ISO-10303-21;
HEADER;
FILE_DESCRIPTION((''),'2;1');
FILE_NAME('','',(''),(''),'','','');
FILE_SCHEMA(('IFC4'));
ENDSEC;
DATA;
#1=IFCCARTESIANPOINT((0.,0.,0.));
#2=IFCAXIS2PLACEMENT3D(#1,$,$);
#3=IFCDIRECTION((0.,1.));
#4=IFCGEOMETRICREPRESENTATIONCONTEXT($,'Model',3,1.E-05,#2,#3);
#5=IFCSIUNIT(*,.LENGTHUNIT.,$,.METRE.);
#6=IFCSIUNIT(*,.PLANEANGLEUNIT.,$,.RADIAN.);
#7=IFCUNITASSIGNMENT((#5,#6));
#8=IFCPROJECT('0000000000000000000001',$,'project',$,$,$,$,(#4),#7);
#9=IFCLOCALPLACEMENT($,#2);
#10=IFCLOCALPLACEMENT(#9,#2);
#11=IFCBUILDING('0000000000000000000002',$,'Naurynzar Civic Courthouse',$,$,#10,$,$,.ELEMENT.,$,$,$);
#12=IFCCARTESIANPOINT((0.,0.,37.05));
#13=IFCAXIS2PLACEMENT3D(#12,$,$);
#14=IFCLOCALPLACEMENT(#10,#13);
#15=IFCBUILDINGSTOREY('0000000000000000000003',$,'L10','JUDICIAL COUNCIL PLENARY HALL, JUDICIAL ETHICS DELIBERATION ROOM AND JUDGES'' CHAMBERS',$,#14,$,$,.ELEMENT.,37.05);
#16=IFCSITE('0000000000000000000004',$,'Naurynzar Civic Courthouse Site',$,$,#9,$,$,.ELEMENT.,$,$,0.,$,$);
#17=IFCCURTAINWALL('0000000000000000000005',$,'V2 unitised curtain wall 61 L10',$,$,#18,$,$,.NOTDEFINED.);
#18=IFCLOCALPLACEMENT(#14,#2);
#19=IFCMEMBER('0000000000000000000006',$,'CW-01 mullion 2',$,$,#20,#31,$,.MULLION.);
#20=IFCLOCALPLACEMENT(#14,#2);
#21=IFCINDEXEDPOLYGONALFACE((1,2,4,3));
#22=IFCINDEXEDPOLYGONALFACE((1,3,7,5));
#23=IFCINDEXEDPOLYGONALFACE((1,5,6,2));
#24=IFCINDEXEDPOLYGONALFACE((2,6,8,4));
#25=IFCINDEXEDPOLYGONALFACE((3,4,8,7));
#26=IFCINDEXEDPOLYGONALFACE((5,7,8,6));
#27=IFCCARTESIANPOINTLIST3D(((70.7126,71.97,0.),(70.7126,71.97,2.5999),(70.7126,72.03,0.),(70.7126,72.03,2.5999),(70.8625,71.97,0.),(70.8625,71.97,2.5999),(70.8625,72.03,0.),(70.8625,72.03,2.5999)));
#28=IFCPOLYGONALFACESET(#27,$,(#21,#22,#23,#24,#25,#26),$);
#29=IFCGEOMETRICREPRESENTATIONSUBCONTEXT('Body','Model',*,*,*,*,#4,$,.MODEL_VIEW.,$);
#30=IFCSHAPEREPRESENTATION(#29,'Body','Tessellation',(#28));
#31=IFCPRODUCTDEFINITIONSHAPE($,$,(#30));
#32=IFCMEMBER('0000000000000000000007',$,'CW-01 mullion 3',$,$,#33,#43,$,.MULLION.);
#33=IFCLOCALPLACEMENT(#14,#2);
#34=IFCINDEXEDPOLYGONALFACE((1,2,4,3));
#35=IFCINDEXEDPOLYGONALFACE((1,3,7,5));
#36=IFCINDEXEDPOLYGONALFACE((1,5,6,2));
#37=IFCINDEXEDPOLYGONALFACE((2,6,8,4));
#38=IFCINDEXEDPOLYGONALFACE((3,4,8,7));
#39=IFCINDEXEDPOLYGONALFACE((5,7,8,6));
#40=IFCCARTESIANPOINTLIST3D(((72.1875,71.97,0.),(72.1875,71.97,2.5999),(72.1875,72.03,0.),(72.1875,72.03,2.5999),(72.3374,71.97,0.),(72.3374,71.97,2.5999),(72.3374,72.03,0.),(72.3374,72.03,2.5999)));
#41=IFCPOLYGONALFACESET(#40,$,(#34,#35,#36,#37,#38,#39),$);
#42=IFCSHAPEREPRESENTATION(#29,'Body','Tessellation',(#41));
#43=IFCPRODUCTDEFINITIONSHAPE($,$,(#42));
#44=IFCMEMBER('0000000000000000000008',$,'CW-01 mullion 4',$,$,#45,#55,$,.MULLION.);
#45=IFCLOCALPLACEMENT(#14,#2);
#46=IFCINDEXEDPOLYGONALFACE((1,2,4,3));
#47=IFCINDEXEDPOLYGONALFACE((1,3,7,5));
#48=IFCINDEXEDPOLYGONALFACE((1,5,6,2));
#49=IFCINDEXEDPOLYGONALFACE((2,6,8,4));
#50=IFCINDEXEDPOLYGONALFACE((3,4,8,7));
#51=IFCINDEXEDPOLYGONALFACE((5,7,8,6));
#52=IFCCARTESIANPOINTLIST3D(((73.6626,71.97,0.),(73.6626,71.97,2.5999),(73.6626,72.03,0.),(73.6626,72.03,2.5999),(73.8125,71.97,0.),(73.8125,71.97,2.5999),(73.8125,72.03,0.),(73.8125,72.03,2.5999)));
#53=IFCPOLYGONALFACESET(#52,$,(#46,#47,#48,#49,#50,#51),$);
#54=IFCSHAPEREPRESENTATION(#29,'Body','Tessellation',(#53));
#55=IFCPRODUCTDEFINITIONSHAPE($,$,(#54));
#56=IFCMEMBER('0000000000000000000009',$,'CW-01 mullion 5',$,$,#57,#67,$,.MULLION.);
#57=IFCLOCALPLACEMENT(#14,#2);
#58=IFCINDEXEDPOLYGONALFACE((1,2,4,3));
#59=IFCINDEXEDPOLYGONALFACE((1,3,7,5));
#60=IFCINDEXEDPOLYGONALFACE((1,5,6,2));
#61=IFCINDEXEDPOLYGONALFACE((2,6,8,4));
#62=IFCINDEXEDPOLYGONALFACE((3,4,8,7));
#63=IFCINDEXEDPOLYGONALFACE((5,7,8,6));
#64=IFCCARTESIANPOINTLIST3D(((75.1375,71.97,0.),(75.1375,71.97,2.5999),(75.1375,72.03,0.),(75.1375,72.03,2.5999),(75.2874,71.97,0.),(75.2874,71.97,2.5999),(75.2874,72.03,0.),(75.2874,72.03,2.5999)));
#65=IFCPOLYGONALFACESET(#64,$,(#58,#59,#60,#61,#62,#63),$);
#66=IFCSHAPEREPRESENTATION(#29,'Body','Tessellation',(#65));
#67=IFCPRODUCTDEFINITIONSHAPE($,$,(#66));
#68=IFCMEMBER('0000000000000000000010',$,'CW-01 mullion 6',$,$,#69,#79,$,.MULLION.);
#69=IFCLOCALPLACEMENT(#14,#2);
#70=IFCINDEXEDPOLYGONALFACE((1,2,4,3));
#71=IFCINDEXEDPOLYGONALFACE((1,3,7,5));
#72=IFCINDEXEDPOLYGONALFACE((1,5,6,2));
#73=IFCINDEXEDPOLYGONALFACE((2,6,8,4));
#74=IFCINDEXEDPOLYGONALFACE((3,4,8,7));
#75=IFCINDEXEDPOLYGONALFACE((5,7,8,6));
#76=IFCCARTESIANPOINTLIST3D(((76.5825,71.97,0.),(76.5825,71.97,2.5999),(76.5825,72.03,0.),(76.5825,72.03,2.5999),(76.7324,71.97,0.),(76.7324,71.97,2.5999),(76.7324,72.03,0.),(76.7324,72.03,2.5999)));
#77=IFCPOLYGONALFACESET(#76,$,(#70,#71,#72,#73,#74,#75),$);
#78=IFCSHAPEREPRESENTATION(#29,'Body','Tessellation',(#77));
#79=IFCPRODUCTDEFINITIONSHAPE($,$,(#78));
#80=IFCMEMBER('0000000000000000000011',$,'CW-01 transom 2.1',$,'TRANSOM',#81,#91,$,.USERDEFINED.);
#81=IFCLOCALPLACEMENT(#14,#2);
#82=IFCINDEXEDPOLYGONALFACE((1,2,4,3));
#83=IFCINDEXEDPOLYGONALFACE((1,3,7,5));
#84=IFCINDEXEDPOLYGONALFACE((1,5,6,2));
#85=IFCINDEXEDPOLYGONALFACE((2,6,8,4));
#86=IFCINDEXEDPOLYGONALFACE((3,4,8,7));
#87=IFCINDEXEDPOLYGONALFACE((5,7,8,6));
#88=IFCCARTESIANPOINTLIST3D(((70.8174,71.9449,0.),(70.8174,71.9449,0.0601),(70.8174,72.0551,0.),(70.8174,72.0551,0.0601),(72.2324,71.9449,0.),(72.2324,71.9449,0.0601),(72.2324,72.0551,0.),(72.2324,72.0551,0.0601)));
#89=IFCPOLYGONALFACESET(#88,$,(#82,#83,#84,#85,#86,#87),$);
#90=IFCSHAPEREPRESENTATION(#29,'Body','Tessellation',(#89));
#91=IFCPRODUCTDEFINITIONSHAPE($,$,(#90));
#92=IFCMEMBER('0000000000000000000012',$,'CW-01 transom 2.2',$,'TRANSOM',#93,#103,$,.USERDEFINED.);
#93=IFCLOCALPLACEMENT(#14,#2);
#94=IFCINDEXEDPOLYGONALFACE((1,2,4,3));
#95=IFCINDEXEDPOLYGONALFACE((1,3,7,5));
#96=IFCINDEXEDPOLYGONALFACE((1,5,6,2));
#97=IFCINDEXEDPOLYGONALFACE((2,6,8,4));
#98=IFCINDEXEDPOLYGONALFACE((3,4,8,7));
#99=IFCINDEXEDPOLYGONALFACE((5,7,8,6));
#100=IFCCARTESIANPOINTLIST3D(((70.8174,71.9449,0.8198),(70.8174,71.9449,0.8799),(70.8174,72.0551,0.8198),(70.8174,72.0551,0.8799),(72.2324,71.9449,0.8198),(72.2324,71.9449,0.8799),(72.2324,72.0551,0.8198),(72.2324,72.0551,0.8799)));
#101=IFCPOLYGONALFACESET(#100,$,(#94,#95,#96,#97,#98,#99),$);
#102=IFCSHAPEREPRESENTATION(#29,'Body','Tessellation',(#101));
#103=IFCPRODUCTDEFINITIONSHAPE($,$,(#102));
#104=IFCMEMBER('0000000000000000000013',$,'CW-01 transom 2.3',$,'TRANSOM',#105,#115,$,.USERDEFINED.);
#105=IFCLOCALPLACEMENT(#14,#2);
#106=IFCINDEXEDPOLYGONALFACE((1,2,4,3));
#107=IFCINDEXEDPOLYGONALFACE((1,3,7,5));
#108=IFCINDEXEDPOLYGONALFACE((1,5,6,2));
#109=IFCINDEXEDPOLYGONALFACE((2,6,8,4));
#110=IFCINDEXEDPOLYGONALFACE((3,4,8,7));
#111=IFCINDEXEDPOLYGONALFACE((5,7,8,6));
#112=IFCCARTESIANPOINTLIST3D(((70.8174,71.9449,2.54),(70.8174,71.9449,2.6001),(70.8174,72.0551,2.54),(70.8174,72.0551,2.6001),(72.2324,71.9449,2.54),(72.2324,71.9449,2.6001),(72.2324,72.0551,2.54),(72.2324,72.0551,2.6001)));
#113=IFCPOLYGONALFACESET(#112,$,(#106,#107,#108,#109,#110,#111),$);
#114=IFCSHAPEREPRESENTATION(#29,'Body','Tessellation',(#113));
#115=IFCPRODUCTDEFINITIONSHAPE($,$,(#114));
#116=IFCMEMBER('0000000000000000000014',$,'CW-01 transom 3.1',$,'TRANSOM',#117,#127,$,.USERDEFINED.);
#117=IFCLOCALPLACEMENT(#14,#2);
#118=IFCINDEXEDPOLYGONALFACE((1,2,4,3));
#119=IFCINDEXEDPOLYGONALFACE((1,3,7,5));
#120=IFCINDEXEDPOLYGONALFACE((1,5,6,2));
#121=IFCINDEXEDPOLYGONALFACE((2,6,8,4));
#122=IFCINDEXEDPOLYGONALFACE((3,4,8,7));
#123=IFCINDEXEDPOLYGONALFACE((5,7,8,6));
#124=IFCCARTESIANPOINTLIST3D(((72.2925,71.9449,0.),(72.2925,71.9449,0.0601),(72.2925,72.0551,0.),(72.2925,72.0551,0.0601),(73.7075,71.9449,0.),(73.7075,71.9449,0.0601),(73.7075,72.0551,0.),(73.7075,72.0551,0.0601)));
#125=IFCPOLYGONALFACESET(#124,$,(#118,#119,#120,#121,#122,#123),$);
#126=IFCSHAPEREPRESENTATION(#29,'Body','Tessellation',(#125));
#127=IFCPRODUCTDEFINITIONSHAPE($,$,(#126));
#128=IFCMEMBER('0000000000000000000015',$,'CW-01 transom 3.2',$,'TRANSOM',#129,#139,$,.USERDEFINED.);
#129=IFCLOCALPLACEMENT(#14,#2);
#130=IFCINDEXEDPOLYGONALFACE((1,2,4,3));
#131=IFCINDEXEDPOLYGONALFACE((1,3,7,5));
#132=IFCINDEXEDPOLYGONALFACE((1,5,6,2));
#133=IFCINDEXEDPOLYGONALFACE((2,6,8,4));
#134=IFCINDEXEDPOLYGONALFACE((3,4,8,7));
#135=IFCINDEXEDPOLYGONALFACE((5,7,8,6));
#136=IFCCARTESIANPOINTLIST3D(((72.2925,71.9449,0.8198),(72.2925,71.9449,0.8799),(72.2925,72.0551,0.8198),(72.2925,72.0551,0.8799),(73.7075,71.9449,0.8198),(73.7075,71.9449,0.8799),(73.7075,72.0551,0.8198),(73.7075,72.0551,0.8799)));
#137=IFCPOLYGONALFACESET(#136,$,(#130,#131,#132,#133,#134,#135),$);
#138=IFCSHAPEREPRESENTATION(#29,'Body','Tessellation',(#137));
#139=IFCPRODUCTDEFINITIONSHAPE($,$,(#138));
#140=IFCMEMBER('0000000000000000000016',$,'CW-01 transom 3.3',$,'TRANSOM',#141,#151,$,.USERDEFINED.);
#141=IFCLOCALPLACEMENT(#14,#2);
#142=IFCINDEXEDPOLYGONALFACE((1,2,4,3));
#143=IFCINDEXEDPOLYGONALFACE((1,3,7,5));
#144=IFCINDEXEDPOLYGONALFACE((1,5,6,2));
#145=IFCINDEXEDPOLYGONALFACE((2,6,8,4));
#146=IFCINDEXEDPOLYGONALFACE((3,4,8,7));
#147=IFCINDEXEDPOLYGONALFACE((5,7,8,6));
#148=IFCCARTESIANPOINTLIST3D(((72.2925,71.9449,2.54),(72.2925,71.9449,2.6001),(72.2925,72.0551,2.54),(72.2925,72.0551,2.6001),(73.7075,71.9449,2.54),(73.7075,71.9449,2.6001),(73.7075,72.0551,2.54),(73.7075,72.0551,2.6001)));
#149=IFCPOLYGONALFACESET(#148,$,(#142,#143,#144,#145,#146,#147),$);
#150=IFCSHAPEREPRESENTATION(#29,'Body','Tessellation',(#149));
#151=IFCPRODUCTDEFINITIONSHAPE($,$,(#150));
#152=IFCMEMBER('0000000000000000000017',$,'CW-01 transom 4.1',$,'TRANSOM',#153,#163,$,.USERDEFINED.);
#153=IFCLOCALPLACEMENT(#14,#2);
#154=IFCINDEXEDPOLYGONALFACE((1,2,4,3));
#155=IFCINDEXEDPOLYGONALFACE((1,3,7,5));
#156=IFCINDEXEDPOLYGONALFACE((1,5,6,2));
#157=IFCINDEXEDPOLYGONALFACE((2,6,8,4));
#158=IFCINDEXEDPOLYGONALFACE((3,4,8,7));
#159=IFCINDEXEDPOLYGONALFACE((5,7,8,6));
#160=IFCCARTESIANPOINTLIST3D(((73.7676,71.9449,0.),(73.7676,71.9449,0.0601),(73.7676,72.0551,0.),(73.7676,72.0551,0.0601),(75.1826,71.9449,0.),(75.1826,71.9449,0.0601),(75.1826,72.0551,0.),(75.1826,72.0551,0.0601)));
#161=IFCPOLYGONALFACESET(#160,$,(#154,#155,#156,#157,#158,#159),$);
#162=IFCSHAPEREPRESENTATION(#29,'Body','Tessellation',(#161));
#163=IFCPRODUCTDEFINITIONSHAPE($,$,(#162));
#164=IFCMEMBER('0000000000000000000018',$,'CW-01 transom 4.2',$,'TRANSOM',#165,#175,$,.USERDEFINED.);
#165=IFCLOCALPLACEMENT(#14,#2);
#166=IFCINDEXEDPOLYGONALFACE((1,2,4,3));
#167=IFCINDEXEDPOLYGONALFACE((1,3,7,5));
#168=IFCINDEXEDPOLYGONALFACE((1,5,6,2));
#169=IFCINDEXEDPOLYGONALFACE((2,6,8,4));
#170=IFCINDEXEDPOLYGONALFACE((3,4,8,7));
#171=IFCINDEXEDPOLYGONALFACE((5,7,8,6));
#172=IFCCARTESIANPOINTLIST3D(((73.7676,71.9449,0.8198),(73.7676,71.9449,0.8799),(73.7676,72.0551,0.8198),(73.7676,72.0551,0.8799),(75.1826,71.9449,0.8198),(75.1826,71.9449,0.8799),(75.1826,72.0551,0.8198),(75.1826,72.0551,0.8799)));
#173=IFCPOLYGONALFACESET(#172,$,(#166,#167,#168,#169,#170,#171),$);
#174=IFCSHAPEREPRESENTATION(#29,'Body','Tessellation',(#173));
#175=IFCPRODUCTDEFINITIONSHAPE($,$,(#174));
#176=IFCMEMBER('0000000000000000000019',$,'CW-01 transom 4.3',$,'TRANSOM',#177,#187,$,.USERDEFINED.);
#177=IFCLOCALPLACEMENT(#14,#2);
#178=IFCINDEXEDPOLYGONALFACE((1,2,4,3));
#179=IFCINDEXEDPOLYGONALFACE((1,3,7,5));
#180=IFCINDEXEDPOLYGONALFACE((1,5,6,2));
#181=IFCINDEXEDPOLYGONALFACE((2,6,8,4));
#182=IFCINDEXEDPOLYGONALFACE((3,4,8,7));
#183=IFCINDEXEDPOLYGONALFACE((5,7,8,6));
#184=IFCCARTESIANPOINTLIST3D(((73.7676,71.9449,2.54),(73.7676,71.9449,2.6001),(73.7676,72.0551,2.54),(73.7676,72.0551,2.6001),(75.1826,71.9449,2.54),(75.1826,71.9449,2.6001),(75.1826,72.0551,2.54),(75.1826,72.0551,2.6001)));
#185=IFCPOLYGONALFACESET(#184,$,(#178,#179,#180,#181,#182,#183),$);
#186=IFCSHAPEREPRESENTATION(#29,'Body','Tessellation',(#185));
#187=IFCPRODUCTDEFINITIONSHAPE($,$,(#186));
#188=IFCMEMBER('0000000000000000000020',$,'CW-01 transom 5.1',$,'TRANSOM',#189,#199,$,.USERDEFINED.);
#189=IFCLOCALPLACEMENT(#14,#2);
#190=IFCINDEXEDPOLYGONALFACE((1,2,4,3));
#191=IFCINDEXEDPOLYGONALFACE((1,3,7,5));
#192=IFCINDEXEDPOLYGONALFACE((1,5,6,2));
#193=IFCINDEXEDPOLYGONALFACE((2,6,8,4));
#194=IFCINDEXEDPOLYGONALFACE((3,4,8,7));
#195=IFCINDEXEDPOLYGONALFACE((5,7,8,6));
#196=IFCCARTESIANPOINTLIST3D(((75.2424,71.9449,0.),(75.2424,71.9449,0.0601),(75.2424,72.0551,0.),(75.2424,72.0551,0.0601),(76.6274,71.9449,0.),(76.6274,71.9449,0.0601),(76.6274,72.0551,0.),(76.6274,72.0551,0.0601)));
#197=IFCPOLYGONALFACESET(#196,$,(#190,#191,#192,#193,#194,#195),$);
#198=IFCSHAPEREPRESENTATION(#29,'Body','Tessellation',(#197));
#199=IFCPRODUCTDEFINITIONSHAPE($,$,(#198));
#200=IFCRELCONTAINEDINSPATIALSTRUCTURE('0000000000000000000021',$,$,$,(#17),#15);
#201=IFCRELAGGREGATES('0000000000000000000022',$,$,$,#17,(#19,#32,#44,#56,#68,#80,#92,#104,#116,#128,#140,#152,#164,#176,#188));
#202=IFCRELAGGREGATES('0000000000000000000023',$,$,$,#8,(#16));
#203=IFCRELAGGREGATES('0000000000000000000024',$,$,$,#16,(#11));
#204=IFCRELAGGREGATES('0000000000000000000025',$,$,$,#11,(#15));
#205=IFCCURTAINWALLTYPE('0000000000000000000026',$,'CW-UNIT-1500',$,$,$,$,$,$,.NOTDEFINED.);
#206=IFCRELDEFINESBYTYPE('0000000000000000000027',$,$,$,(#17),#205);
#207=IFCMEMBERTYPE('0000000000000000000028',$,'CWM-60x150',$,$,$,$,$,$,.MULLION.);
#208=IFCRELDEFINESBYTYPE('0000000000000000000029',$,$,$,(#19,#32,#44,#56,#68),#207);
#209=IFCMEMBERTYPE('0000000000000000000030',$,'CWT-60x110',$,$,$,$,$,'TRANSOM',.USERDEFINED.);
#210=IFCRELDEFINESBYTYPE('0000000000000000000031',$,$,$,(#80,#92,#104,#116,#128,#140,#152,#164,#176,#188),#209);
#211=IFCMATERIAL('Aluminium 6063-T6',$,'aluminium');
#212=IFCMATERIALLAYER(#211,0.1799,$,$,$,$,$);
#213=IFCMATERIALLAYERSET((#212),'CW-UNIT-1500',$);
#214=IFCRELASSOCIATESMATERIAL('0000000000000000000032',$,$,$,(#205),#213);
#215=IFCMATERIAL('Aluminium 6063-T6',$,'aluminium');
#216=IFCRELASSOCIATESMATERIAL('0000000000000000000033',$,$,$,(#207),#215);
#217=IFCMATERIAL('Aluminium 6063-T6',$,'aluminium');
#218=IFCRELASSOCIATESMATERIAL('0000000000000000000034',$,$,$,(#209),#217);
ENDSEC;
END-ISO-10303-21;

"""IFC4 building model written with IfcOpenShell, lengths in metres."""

from ifc_helpers import new_model, si_unit, direction, frame, origin, origin_2d, place, context, subcontext, project, spatial, rectangle, extrude, material, layer, layer_set, material_profile, profile_set, type_object, element, aggregate, save


model = new_model("IFC4")

# Units and contexts
model_context = context("Model", 3, precision=1e-05, world=origin(), true_north=direction((0.0, 1.0)))
body_context = subcontext(model_context, "Body", "Model", "MODEL_VIEW")
ifc_project = project(units=[si_unit("LENGTHUNIT", "METRE"), si_unit("PLANEANGLEUNIT", "RADIAN")], contexts=[model_context])

# Site, building, storey
site_placement = place(None, origin())
site = spatial("IfcSite", under=ifc_project, at=site_placement, Name="Naurynzar Civic Courthouse Site", CompositionType="ELEMENT", RefElevation=0.0)
building_placement = place(site_placement, origin())
building = spatial("IfcBuilding", under=site, at=building_placement, Name="Naurynzar Civic Courthouse", CompositionType="ELEMENT")
storey_placement = place(building_placement, frame((0.0, 0.0, 37.05)))
storey = spatial("IfcBuildingStorey", under=building, at=storey_placement, Name="L10", Description="JUDICIAL COUNCIL PLENARY HALL, JUDICIAL ETHICS DELIBERATION ROOM AND JUDGES' CHAMBERS", CompositionType="ELEMENT", Elevation=37.05)

# Curtain wall, members
ifc_material_1 = material(Name="Aluminium 6063-T6", Category="aluminium")
ifc_layer_1 = layer(ifc_material_1, 0.1799)
ifc_layer_set_1 = layer_set([ifc_layer_1], Name="CW-UNIT-1500")
curtain_wall_type = type_object("IfcCurtainWallType", Name="CW-UNIT-1500", PredefinedType="NOTDEFINED", material=ifc_layer_set_1)
curtain_wall_placement = place(storey_placement, origin())
curtain_wall = element("IfcCurtainWall", 1, at=curtain_wall_placement, inside=storey, type_object=curtain_wall_type, Name="V2 unitised curtain wall 61 L10", PredefinedType="NOTDEFINED")
ifc_material_2 = material(Name="Aluminium 6063-T6", Category="aluminium")
ifc_material_profile_1 = material_profile(ifc_material_2, rectangle(XDim=0.0601, YDim=0.1499, at=origin_2d()), Name="ALU MULLION 60x150")
ifc_profile_set_1 = profile_set([ifc_material_profile_1], Name="Aluminium 6063-T6")
member_type_1 = type_object("IfcMemberType", Name="CWM-60x150", PredefinedType="MULLION", material=ifc_profile_set_1)
member_1_placement = place(storey_placement, frame((70.7876, 72.0, 0.0), z_axis=(0.0, 0.0, 1.0), x_axis=(0.0, 1.0, 0.0)))
member_1 = element("IfcMember", 2, at=member_1_placement, type_object=member_type_1, Name="CW-01 mullion 2", PredefinedType="MULLION", context=body_context, shape_type="SweptSolid", body=[
    extrude(rectangle(XDim=0.0601, YDim=0.1499, at=origin_2d()), origin(), (0.0, 0.0, 1.0), 2.5999),
])
member_2_placement = place(storey_placement, frame((72.2625, 72.0, 0.0), z_axis=(0.0, 0.0, 1.0), x_axis=(0.0, 1.0, 0.0)))
member_2 = element("IfcMember", 3, at=member_2_placement, type_object=member_type_1, Name="CW-01 mullion 3", PredefinedType="MULLION", context=body_context, shape_type="SweptSolid", body=[
    extrude(rectangle(XDim=0.0601, YDim=0.1499, at=origin_2d()), origin(), (0.0, 0.0, 1.0), 2.5999),
])
member_3_placement = place(storey_placement, frame((73.7375, 72.0, 0.0), z_axis=(0.0, 0.0, 1.0), x_axis=(0.0, 1.0, 0.0)))
member_3 = element("IfcMember", 4, at=member_3_placement, type_object=member_type_1, Name="CW-01 mullion 4", PredefinedType="MULLION", context=body_context, shape_type="SweptSolid", body=[
    extrude(rectangle(XDim=0.0601, YDim=0.1499, at=origin_2d()), origin(), (0.0, 0.0, 1.0), 2.5999),
])
member_4_placement = place(storey_placement, frame((75.2124, 72.0, 0.0), z_axis=(0.0, 0.0, 1.0), x_axis=(0.0, 1.0, 0.0)))
member_4 = element("IfcMember", 5, at=member_4_placement, type_object=member_type_1, Name="CW-01 mullion 5", PredefinedType="MULLION", context=body_context, shape_type="SweptSolid", body=[
    extrude(rectangle(XDim=0.0601, YDim=0.1499, at=origin_2d()), origin(), (0.0, 0.0, 1.0), 2.5999),
])
member_5_placement = place(storey_placement, frame((76.6575, 72.0, 0.0), z_axis=(0.0, 0.0, 1.0), x_axis=(0.0, 1.0, 0.0)))
member_5 = element("IfcMember", 6, at=member_5_placement, type_object=member_type_1, Name="CW-01 mullion 6", PredefinedType="MULLION", context=body_context, shape_type="SweptSolid", body=[
    extrude(rectangle(XDim=0.0601, YDim=0.1499, at=origin_2d()), origin(), (0.0, 0.0, 1.0), 2.5999),
])
ifc_material_3 = material(Name="Aluminium 6063-T6", Category="aluminium")
ifc_material_profile_2 = material_profile(ifc_material_3, rectangle(XDim=0.1101, YDim=0.0601, at=origin_2d()), Name="ALU TRANSOM 60x110")
ifc_profile_set_2 = profile_set([ifc_material_profile_2], Name="Aluminium 6063-T6")
member_type_2 = type_object("IfcMemberType", Name="CWT-60x110", ElementType="TRANSOM", PredefinedType="USERDEFINED", material=ifc_profile_set_2)
member_6_placement = place(storey_placement, frame((70.8174, 72.0, 0.03), z_axis=(1.0, 0.0, 0.0), x_axis=(0.0, 1.0, 0.0)))
member_6 = element("IfcMember", 7, at=member_6_placement, type_object=member_type_2, Name="CW-01 transom 2.1", ObjectType="TRANSOM", PredefinedType="USERDEFINED", context=body_context, shape_type="SweptSolid", body=[
    extrude(rectangle(XDim=0.1101, YDim=0.0601, at=origin_2d()), origin(), (0.0, 0.0, 1.0), 1.415),
])
member_7_placement = place(storey_placement, frame((70.8174, 72.0, 0.8499), z_axis=(1.0, 0.0, 0.0), x_axis=(0.0, 1.0, 0.0)))
member_7 = element("IfcMember", 8, at=member_7_placement, type_object=member_type_2, Name="CW-01 transom 2.2", ObjectType="TRANSOM", PredefinedType="USERDEFINED", context=body_context, shape_type="SweptSolid", body=[
    extrude(rectangle(XDim=0.1101, YDim=0.0601, at=origin_2d()), origin(), (0.0, 0.0, 1.0), 1.415),
])
member_8_placement = place(storey_placement, frame((70.8174, 72.0, 2.5701), z_axis=(1.0, 0.0, 0.0), x_axis=(0.0, 1.0, 0.0)))
member_8 = element("IfcMember", 9, at=member_8_placement, type_object=member_type_2, Name="CW-01 transom 2.3", ObjectType="TRANSOM", PredefinedType="USERDEFINED", context=body_context, shape_type="SweptSolid", body=[
    extrude(rectangle(XDim=0.1101, YDim=0.0601, at=origin_2d()), origin(), (0.0, 0.0, 1.0), 1.415),
])
member_9_placement = place(storey_placement, frame((72.2925, 72.0, 0.03), z_axis=(1.0, 0.0, 0.0), x_axis=(0.0, 1.0, 0.0)))
member_9 = element("IfcMember", 10, at=member_9_placement, type_object=member_type_2, Name="CW-01 transom 3.1", ObjectType="TRANSOM", PredefinedType="USERDEFINED", context=body_context, shape_type="SweptSolid", body=[
    extrude(rectangle(XDim=0.1101, YDim=0.0601, at=origin_2d()), origin(), (0.0, 0.0, 1.0), 1.415),
])
member_10_placement = place(storey_placement, frame((72.2925, 72.0, 0.8499), z_axis=(1.0, 0.0, 0.0), x_axis=(0.0, 1.0, 0.0)))
member_10 = element("IfcMember", 11, at=member_10_placement, type_object=member_type_2, Name="CW-01 transom 3.2", ObjectType="TRANSOM", PredefinedType="USERDEFINED", context=body_context, shape_type="SweptSolid", body=[
    extrude(rectangle(XDim=0.1101, YDim=0.0601, at=origin_2d()), origin(), (0.0, 0.0, 1.0), 1.415),
])
member_11_placement = place(storey_placement, frame((72.2925, 72.0, 2.5701), z_axis=(1.0, 0.0, 0.0), x_axis=(0.0, 1.0, 0.0)))
member_11 = element("IfcMember", 12, at=member_11_placement, type_object=member_type_2, Name="CW-01 transom 3.3", ObjectType="TRANSOM", PredefinedType="USERDEFINED", context=body_context, shape_type="SweptSolid", body=[
    extrude(rectangle(XDim=0.1101, YDim=0.0601, at=origin_2d()), origin(), (0.0, 0.0, 1.0), 1.415),
])
member_12_placement = place(storey_placement, frame((73.7676, 72.0, 0.03), z_axis=(1.0, 0.0, 0.0), x_axis=(0.0, 1.0, 0.0)))
member_12 = element("IfcMember", 13, at=member_12_placement, type_object=member_type_2, Name="CW-01 transom 4.1", ObjectType="TRANSOM", PredefinedType="USERDEFINED", context=body_context, shape_type="SweptSolid", body=[
    extrude(rectangle(XDim=0.1101, YDim=0.0601, at=origin_2d()), origin(), (0.0, 0.0, 1.0), 1.415),
])
member_13_placement = place(storey_placement, frame((73.7676, 72.0, 0.8499), z_axis=(1.0, 0.0, 0.0), x_axis=(0.0, 1.0, 0.0)))
member_13 = element("IfcMember", 14, at=member_13_placement, type_object=member_type_2, Name="CW-01 transom 4.2", ObjectType="TRANSOM", PredefinedType="USERDEFINED", context=body_context, shape_type="SweptSolid", body=[
    extrude(rectangle(XDim=0.1101, YDim=0.0601, at=origin_2d()), origin(), (0.0, 0.0, 1.0), 1.415),
])
member_14_placement = place(storey_placement, frame((73.7676, 72.0, 2.5701), z_axis=(1.0, 0.0, 0.0), x_axis=(0.0, 1.0, 0.0)))
member_14 = element("IfcMember", 15, at=member_14_placement, type_object=member_type_2, Name="CW-01 transom 4.3", ObjectType="TRANSOM", PredefinedType="USERDEFINED", context=body_context, shape_type="SweptSolid", body=[
    extrude(rectangle(XDim=0.1101, YDim=0.0601, at=origin_2d()), origin(), (0.0, 0.0, 1.0), 1.415),
])
member_15_placement = place(storey_placement, frame((75.2424, 72.0, 0.03), z_axis=(1.0, 0.0, 0.0), x_axis=(0.0, 1.0, 0.0)))
member_15 = element("IfcMember", 16, at=member_15_placement, type_object=member_type_2, Name="CW-01 transom 5.1", ObjectType="TRANSOM", PredefinedType="USERDEFINED", context=body_context, shape_type="SweptSolid", body=[
    extrude(rectangle(XDim=0.1101, YDim=0.0601, at=origin_2d()), origin(), (0.0, 0.0, 1.0), 1.385),
])
aggregate(curtain_wall, [member_1, member_2, member_3, member_4, member_5, member_6, member_7, member_8, member_9, member_10, member_11, member_12, member_13, member_14, member_15])

save(model, "model.ifc")
